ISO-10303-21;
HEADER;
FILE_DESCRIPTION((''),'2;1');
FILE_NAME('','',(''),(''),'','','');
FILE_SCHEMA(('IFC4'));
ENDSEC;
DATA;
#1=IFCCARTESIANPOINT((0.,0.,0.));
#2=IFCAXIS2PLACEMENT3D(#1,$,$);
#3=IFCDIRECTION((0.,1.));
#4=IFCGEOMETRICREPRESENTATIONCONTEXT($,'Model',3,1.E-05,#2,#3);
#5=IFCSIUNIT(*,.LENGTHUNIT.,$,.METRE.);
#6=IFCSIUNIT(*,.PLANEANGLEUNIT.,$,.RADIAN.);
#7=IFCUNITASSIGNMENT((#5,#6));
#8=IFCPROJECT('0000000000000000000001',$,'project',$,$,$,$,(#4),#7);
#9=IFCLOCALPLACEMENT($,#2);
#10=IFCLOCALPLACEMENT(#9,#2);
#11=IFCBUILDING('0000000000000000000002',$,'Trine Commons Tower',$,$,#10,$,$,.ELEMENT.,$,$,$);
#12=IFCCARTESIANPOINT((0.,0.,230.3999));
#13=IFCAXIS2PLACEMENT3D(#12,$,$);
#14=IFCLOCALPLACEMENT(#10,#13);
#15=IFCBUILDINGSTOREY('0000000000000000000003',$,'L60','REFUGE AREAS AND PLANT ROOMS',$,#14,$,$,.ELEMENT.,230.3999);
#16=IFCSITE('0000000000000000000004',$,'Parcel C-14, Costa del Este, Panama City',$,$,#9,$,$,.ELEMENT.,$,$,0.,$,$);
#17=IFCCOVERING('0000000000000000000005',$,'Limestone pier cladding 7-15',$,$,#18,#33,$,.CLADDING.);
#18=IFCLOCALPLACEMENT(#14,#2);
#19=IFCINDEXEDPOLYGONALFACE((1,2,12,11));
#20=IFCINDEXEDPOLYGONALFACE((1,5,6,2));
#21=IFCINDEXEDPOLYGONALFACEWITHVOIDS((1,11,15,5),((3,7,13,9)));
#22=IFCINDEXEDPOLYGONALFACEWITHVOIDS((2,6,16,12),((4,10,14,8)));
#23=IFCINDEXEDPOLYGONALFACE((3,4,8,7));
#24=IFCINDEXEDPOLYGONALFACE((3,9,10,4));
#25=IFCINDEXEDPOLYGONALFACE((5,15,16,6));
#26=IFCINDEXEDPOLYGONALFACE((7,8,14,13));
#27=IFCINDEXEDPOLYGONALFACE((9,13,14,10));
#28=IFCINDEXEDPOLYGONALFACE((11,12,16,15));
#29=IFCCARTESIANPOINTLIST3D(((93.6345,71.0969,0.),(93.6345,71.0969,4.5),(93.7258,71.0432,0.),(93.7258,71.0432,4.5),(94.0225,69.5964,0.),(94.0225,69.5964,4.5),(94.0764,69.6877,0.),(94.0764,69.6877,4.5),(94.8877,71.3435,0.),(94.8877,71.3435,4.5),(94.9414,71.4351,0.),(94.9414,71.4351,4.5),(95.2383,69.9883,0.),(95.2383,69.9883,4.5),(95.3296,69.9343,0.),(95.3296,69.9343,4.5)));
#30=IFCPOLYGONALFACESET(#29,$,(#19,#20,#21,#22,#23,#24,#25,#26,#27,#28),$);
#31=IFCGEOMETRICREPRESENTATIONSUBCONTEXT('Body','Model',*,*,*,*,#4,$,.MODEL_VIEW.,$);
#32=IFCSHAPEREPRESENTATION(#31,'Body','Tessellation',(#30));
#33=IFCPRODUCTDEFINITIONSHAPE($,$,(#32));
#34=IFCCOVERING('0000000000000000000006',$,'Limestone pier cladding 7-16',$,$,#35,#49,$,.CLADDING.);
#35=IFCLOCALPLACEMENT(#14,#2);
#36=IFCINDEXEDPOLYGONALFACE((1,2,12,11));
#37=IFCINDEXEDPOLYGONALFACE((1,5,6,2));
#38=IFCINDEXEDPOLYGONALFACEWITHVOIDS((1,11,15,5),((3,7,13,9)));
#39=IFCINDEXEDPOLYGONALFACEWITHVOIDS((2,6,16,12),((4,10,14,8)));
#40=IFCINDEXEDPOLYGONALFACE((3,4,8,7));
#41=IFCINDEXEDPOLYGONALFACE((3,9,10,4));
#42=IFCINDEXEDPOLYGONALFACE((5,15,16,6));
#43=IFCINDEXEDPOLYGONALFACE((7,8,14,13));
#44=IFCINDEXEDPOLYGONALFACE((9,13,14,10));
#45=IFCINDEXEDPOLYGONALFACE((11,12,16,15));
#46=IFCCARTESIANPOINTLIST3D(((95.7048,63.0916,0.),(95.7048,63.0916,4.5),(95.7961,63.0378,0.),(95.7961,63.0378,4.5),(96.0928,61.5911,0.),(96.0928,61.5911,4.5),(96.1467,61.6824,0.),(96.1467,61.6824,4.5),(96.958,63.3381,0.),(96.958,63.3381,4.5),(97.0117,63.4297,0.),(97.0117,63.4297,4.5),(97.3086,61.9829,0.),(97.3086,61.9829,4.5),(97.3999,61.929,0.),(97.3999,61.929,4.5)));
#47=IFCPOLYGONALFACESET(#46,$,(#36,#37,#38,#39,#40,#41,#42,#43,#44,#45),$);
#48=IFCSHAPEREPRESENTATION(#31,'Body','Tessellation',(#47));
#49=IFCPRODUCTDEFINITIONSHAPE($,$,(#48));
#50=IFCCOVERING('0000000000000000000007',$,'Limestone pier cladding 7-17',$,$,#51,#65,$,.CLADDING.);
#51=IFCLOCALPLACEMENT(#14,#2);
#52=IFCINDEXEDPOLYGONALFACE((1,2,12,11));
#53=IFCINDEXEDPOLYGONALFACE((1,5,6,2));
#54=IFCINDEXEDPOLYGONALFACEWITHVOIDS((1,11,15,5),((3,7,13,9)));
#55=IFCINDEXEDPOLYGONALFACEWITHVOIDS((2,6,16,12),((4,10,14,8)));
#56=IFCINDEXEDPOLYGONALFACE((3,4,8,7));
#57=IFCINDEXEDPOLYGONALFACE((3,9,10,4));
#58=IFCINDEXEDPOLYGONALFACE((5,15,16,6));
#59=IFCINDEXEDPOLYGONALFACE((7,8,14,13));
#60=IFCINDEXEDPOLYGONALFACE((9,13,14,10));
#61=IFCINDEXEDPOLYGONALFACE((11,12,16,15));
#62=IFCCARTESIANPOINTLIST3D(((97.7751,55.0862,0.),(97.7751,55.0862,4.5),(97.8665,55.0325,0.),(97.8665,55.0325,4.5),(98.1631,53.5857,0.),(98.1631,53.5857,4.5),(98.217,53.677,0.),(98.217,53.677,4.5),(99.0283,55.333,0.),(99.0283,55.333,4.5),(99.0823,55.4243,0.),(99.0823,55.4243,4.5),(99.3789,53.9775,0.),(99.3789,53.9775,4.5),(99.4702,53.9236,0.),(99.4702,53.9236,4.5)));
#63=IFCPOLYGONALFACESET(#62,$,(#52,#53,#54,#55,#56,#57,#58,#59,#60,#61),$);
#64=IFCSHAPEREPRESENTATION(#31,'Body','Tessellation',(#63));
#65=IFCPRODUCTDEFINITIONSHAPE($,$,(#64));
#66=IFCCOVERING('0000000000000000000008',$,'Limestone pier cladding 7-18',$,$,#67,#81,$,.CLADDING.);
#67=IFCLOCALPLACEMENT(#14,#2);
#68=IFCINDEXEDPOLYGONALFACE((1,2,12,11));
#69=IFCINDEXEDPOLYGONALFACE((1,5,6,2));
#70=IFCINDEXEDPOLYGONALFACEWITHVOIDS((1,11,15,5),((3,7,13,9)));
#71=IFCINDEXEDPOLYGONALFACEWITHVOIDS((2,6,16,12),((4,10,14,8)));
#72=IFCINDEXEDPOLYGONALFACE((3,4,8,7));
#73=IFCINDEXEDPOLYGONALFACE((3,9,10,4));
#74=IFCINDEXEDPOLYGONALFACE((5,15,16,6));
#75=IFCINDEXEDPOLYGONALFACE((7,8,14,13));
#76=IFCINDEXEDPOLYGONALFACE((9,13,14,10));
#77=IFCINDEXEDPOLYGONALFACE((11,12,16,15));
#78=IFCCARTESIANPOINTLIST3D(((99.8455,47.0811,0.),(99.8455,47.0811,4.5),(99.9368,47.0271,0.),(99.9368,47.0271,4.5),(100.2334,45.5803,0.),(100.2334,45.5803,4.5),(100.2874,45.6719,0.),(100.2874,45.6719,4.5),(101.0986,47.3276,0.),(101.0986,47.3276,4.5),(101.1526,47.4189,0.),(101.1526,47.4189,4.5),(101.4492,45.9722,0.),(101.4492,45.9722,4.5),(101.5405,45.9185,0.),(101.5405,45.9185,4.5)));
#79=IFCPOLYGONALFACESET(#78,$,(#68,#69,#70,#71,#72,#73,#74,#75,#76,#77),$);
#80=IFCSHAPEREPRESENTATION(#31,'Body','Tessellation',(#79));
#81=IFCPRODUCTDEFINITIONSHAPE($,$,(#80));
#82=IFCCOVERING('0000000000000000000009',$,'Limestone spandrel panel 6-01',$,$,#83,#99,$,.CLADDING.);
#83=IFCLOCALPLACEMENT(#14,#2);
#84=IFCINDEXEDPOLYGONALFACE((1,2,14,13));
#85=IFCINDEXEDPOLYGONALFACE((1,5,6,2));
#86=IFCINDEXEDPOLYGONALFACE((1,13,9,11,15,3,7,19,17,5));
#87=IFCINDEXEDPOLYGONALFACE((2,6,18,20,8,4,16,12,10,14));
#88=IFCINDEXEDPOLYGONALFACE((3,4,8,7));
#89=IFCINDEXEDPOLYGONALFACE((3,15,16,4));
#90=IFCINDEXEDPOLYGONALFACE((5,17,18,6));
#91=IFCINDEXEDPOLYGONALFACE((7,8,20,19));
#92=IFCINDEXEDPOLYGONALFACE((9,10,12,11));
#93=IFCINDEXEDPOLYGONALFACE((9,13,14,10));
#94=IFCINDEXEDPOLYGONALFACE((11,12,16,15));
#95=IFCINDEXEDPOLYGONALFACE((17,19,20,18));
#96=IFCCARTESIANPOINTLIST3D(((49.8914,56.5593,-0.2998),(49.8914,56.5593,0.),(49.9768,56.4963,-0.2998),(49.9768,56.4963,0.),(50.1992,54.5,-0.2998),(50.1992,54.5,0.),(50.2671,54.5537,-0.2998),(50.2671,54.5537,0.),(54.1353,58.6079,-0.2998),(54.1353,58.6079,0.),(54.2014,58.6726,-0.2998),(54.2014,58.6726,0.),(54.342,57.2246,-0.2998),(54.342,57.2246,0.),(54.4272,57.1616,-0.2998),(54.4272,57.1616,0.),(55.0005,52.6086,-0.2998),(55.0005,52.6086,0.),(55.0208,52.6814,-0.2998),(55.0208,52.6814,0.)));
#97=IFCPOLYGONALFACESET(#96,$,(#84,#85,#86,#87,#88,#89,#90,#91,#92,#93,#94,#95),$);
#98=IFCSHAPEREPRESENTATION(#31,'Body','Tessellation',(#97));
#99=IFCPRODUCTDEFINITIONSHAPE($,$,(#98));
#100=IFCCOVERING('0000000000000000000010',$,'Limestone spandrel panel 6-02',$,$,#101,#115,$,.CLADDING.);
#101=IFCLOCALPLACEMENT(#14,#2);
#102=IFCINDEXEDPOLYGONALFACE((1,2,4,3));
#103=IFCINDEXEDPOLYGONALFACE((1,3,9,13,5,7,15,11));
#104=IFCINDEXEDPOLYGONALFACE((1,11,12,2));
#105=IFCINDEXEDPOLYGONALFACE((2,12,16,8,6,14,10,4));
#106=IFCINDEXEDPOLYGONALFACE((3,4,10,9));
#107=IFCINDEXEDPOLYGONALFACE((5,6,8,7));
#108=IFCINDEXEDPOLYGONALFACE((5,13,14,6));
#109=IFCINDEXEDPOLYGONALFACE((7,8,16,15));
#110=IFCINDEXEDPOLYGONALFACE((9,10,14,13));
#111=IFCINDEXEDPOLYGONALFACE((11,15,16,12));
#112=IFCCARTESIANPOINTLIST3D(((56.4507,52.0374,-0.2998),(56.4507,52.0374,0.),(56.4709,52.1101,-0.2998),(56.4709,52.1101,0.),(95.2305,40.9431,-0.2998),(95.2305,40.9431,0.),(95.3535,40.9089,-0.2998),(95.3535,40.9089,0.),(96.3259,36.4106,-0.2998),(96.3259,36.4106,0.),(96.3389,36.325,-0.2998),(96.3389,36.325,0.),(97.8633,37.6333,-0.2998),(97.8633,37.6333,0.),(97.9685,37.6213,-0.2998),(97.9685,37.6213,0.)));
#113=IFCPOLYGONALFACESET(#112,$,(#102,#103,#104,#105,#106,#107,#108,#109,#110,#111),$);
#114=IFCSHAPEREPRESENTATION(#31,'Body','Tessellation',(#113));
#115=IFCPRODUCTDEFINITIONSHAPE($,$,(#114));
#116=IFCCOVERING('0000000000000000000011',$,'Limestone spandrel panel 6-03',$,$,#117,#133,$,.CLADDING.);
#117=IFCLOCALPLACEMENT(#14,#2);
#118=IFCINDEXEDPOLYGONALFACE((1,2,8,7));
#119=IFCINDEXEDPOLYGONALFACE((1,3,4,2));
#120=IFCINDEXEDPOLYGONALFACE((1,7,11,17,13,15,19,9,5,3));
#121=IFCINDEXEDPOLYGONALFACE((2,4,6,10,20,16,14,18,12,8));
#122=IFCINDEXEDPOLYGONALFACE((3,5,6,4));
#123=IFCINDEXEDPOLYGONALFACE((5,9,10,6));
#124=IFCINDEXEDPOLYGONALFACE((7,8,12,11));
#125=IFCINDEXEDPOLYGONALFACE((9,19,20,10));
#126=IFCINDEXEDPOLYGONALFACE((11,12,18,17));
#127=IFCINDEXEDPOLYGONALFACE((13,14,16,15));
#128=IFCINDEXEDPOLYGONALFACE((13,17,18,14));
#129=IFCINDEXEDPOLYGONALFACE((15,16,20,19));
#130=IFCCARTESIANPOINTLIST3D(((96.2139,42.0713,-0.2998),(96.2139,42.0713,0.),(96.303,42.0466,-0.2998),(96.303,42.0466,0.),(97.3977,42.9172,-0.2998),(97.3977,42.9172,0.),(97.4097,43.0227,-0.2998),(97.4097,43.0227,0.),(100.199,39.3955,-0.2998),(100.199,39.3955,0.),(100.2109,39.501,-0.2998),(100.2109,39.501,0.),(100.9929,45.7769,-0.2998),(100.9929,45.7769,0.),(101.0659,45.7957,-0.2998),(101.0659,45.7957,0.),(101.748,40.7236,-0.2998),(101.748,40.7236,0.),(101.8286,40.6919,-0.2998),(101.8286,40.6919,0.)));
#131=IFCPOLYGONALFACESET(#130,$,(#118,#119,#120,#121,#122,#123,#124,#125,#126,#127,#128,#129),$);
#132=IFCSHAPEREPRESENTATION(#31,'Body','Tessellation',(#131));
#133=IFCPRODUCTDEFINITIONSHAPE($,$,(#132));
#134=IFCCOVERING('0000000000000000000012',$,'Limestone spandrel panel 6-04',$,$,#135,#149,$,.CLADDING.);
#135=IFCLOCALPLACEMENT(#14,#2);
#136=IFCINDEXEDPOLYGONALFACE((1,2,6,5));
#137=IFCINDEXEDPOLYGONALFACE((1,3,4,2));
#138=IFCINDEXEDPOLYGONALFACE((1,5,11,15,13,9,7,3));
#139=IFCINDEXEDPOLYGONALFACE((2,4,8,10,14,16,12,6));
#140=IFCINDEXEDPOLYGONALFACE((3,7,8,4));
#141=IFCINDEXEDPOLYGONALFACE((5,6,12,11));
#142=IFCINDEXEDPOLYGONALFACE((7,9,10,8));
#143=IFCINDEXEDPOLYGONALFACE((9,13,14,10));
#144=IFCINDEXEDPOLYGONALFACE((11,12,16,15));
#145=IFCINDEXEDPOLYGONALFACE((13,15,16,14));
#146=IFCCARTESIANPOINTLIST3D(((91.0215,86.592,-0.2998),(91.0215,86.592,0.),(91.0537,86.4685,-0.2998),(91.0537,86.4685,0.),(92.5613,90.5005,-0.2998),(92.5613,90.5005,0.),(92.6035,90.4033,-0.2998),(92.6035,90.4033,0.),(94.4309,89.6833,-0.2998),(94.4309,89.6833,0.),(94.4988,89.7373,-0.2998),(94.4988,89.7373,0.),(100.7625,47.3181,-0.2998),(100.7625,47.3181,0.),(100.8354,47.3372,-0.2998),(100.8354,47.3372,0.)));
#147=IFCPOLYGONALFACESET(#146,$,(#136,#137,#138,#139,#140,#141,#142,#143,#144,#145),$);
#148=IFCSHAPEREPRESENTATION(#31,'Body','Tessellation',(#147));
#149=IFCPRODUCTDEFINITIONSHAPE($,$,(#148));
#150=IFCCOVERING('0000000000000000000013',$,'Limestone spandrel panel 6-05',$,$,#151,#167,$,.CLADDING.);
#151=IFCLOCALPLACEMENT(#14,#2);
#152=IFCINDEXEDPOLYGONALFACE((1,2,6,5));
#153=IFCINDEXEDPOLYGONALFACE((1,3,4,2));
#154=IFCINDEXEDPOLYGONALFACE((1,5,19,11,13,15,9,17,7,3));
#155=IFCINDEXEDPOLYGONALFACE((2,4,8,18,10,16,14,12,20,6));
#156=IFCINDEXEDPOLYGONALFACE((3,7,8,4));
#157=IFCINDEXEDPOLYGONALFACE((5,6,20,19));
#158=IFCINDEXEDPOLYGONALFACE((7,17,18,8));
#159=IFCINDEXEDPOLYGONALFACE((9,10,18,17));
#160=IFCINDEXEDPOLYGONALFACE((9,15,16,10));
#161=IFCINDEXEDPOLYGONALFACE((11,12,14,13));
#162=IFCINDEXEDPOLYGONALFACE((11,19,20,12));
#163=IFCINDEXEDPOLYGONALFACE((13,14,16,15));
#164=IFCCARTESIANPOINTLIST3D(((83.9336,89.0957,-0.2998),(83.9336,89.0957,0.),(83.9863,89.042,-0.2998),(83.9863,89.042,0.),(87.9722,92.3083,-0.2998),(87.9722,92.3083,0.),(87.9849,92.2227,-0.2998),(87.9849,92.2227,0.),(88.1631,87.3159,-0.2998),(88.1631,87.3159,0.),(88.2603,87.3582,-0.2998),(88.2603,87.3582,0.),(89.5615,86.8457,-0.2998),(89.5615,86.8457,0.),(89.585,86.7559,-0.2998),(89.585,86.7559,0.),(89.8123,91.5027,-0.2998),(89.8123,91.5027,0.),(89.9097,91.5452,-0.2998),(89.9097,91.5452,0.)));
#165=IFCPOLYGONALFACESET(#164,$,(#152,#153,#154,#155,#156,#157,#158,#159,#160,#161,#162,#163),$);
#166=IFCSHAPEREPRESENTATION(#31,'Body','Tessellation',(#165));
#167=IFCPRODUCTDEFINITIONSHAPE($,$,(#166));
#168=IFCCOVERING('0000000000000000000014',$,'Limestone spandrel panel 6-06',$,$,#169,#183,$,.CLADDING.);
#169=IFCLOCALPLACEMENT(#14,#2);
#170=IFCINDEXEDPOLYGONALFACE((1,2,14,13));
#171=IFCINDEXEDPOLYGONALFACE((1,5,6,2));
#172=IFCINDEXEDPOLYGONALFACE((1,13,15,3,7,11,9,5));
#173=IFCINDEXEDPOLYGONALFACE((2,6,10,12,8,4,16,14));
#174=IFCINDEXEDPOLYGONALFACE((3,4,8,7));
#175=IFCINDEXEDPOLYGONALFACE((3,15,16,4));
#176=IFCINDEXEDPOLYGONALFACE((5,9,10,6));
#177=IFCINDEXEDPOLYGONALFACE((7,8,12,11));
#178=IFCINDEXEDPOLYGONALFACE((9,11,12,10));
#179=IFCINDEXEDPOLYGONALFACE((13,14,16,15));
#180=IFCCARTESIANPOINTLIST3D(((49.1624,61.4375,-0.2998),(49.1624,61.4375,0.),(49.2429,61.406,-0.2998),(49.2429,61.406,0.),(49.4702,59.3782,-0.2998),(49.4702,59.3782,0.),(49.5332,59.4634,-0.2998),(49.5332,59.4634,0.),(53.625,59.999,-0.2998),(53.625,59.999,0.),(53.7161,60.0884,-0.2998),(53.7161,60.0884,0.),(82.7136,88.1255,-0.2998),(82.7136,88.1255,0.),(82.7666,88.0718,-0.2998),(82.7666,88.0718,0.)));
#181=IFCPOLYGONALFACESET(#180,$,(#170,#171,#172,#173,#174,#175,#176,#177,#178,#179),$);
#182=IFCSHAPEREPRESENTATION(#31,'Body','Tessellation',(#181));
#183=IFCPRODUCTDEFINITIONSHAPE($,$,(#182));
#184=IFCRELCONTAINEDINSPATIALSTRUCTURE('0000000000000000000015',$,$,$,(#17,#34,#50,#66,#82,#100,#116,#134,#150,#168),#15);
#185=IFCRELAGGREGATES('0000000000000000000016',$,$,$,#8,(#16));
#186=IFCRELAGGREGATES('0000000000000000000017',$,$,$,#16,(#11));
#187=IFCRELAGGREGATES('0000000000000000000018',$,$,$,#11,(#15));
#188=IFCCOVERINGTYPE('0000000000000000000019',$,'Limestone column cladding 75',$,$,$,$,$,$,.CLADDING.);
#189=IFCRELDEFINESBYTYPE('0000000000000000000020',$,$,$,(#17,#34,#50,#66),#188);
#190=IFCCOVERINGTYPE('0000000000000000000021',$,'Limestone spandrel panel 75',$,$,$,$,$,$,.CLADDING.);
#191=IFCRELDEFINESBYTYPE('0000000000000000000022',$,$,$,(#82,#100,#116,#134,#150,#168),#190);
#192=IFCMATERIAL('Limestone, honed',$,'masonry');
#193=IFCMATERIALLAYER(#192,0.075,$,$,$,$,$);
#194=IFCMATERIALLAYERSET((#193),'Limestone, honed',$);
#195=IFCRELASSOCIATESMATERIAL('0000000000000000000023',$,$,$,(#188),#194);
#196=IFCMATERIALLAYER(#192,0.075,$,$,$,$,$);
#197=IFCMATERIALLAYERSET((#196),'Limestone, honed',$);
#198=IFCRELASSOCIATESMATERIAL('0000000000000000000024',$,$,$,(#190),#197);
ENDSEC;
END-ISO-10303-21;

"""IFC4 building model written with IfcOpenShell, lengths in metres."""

from ifc_helpers import new_model, si_unit, direction, frame, origin, place, context, subcontext, project, spatial, polyline, outline, extrude, material, layer, layer_set, type_object, element, save


model = new_model("IFC4")

# Units and contexts
model_context = context("Model", 3, precision=1e-05, world=origin(), true_north=direction((0.0, 1.0)))
body_context = subcontext(model_context, "Body", "Model", "MODEL_VIEW")
ifc_project = project(units=[si_unit("LENGTHUNIT", "METRE"), si_unit("PLANEANGLEUNIT", "RADIAN")], contexts=[model_context])

# Site, building, storey
site_placement = place(None, origin())
site = spatial("IfcSite", under=ifc_project, at=site_placement, Name="Parcel C-14, Costa del Este, Panama City", CompositionType="ELEMENT", RefElevation=0.0)
building_placement = place(site_placement, origin())
building = spatial("IfcBuilding", under=site, at=building_placement, Name="Trine Commons Tower", CompositionType="ELEMENT")
storey_placement = place(building_placement, frame((0.0, 0.0, 230.3999)))
storey = spatial("IfcBuildingStorey", under=building, at=storey_placement, Name="L60", Description="REFUGE AREAS AND PLANT ROOMS", CompositionType="ELEMENT", Elevation=230.3999)

# Coverings
ifc_material_1 = material(Name="Limestone, honed", Category="masonry")
ifc_layer_1 = layer(ifc_material_1, 0.075)
ifc_layer_set_1 = layer_set([ifc_layer_1], Name="Limestone, honed")
covering_type_1 = type_object("IfcCoveringType", Name="Limestone column cladding 75", PredefinedType="CLADDING", material=ifc_layer_set_1)
covering_1_placement = place(storey_placement, origin())
element("IfcCovering", 1, at=covering_1_placement, inside=storey, type_object=covering_type_1, Name="Limestone pier cladding 7-15", PredefinedType="CLADDING", context=body_context, shape_type="SweptSolid", body=[
    extrude(outline(polyline([(94.9414, 71.4351), (93.6345, 71.0969), (94.0225, 69.5964), (95.3296, 69.9343), (94.9414, 71.4351)]), holes=[polyline([(94.8877, 71.3435), (93.7258, 71.0432), (94.0764, 69.6877), (95.2383, 69.9883), (94.8877, 71.3435)])]), origin(), (0.0, 0.0, 1.0), 4.5),
])
covering_2_placement = place(storey_placement, origin())
element("IfcCovering", 2, at=covering_2_placement, inside=storey, type_object=covering_type_1, Name="Limestone pier cladding 7-16", PredefinedType="CLADDING", context=body_context, shape_type="SweptSolid", body=[
    extrude(outline(polyline([(97.0117, 63.4297), (95.7048, 63.0916), (96.0928, 61.5911), (97.3999, 61.929), (97.0117, 63.4297)]), holes=[polyline([(96.958, 63.3381), (95.7961, 63.0378), (96.1467, 61.6824), (97.3086, 61.9829), (96.958, 63.3381)])]), origin(), (0.0, 0.0, 1.0), 4.5),
])
covering_3_placement = place(storey_placement, origin())
element("IfcCovering", 3, at=covering_3_placement, inside=storey, type_object=covering_type_1, Name="Limestone pier cladding 7-17", PredefinedType="CLADDING", context=body_context, shape_type="SweptSolid", body=[
    extrude(outline(polyline([(99.0823, 55.4243), (97.7751, 55.0862), (98.1631, 53.5857), (99.4702, 53.9236), (99.0823, 55.4243)]), holes=[polyline([(99.0283, 55.333), (97.8665, 55.0325), (98.217, 53.677), (99.3789, 53.9775), (99.0283, 55.333)])]), origin(), (0.0, 0.0, 1.0), 4.5),
])
covering_4_placement = place(storey_placement, origin())
element("IfcCovering", 4, at=covering_4_placement, inside=storey, type_object=covering_type_1, Name="Limestone pier cladding 7-18", PredefinedType="CLADDING", context=body_context, shape_type="SweptSolid", body=[
    extrude(outline(polyline([(101.1526, 47.4189), (99.8455, 47.0811), (100.2334, 45.5803), (101.5405, 45.9185), (101.1526, 47.4189)]), holes=[polyline([(101.0986, 47.3276), (99.9368, 47.0271), (100.2874, 45.6719), (101.4492, 45.9722), (101.0986, 47.3276)])]), origin(), (0.0, 0.0, 1.0), 4.5),
])
ifc_layer_2 = layer(ifc_material_1, 0.075)
ifc_layer_set_2 = layer_set([ifc_layer_2], Name="Limestone, honed")
covering_type_2 = type_object("IfcCoveringType", Name="Limestone spandrel panel 75", PredefinedType="CLADDING", material=ifc_layer_set_2)
covering_5_placement = place(storey_placement, frame((0.0, 0.0, -0.2998)))
element("IfcCovering", 5, at=covering_5_placement, inside=storey, type_object=covering_type_2, Name="Limestone spandrel panel 6-01", PredefinedType="CLADDING", context=body_context, shape_type="SweptSolid", body=[
    extrude(outline(polyline([(50.1992, 54.5), (55.0005, 52.6086), (55.0208, 52.6814), (50.2671, 54.5537), (49.9768, 56.4963), (54.4272, 57.1616), (54.2014, 58.6726), (54.1353, 58.6079), (54.342, 57.2246), (49.8914, 56.5593), (50.1992, 54.5)])), origin(), (0.0, 0.0, 1.0), 0.2998),
])
covering_6_placement = place(storey_placement, frame((0.0, 0.0, -0.2998)))
element("IfcCovering", 6, at=covering_6_placement, inside=storey, type_object=covering_type_2, Name="Limestone spandrel panel 6-02", PredefinedType="CLADDING", context=body_context, shape_type="SweptSolid", body=[
    extrude(outline(polyline([(97.9685, 37.6213), (95.3535, 40.9089), (95.2305, 40.9431), (97.8633, 37.6333), (96.3259, 36.4106), (56.4709, 52.1101), (56.4507, 52.0374), (96.3389, 36.325), (97.9685, 37.6213)])), origin(), (0.0, 0.0, 1.0), 0.2998),
])
covering_7_placement = place(storey_placement, frame((0.0, 0.0, -0.2998)))
element("IfcCovering", 7, at=covering_7_placement, inside=storey, type_object=covering_type_2, Name="Limestone spandrel panel 6-03", PredefinedType="CLADDING", context=body_context, shape_type="SweptSolid", body=[
    extrude(outline(polyline([(97.3977, 42.9172), (100.199, 39.3955), (101.8286, 40.6919), (101.0659, 45.7957), (100.9929, 45.7769), (101.748, 40.7236), (100.2109, 39.501), (97.4097, 43.0227), (96.2139, 42.0713), (96.303, 42.0466), (97.3977, 42.9172)])), origin(), (0.0, 0.0, 1.0), 0.2998),
])
covering_8_placement = place(storey_placement, frame((0.0, 0.0, -0.2998)))
element("IfcCovering", 8, at=covering_8_placement, inside=storey, type_object=covering_type_2, Name="Limestone spandrel panel 6-04", PredefinedType="CLADDING", context=body_context, shape_type="SweptSolid", body=[
    extrude(outline(polyline([(92.5613, 90.5005), (91.0215, 86.592), (91.0537, 86.4685), (92.6035, 90.4033), (94.4309, 89.6833), (100.7625, 47.3181), (100.8354, 47.3372), (94.4988, 89.7373), (92.5613, 90.5005)])), origin(), (0.0, 0.0, 1.0), 0.2998),
])
covering_9_placement = place(storey_placement, frame((0.0, 0.0, -0.2998)))
element("IfcCovering", 9, at=covering_9_placement, inside=storey, type_object=covering_type_2, Name="Limestone spandrel panel 6-05", PredefinedType="CLADDING", context=body_context, shape_type="SweptSolid", body=[
    extrude(outline(polyline([(87.9722, 92.3083), (83.9336, 89.0957), (83.9863, 89.042), (87.9849, 92.2227), (89.8123, 91.5027), (88.1631, 87.3159), (89.585, 86.7559), (89.5615, 86.8457), (88.2603, 87.3582), (89.9097, 91.5452), (87.9722, 92.3083)])), origin(), (0.0, 0.0, 1.0), 0.2998),
])
covering_10_placement = place(storey_placement, frame((0.0, 0.0, -0.2998)))
element("IfcCovering", 10, at=covering_10_placement, inside=storey, type_object=covering_type_2, Name="Limestone spandrel panel 6-06", PredefinedType="CLADDING", context=body_context, shape_type="SweptSolid", body=[
    extrude(outline(polyline([(49.4702, 59.3782), (53.625, 59.999), (53.7161, 60.0884), (49.5332, 59.4634), (49.2429, 61.406), (82.7666, 88.0718), (82.7136, 88.1255), (49.1624, 61.4375), (49.4702, 59.3782)])), origin(), (0.0, 0.0, 1.0), 0.2998),
])

save(model, "model.ifc")
